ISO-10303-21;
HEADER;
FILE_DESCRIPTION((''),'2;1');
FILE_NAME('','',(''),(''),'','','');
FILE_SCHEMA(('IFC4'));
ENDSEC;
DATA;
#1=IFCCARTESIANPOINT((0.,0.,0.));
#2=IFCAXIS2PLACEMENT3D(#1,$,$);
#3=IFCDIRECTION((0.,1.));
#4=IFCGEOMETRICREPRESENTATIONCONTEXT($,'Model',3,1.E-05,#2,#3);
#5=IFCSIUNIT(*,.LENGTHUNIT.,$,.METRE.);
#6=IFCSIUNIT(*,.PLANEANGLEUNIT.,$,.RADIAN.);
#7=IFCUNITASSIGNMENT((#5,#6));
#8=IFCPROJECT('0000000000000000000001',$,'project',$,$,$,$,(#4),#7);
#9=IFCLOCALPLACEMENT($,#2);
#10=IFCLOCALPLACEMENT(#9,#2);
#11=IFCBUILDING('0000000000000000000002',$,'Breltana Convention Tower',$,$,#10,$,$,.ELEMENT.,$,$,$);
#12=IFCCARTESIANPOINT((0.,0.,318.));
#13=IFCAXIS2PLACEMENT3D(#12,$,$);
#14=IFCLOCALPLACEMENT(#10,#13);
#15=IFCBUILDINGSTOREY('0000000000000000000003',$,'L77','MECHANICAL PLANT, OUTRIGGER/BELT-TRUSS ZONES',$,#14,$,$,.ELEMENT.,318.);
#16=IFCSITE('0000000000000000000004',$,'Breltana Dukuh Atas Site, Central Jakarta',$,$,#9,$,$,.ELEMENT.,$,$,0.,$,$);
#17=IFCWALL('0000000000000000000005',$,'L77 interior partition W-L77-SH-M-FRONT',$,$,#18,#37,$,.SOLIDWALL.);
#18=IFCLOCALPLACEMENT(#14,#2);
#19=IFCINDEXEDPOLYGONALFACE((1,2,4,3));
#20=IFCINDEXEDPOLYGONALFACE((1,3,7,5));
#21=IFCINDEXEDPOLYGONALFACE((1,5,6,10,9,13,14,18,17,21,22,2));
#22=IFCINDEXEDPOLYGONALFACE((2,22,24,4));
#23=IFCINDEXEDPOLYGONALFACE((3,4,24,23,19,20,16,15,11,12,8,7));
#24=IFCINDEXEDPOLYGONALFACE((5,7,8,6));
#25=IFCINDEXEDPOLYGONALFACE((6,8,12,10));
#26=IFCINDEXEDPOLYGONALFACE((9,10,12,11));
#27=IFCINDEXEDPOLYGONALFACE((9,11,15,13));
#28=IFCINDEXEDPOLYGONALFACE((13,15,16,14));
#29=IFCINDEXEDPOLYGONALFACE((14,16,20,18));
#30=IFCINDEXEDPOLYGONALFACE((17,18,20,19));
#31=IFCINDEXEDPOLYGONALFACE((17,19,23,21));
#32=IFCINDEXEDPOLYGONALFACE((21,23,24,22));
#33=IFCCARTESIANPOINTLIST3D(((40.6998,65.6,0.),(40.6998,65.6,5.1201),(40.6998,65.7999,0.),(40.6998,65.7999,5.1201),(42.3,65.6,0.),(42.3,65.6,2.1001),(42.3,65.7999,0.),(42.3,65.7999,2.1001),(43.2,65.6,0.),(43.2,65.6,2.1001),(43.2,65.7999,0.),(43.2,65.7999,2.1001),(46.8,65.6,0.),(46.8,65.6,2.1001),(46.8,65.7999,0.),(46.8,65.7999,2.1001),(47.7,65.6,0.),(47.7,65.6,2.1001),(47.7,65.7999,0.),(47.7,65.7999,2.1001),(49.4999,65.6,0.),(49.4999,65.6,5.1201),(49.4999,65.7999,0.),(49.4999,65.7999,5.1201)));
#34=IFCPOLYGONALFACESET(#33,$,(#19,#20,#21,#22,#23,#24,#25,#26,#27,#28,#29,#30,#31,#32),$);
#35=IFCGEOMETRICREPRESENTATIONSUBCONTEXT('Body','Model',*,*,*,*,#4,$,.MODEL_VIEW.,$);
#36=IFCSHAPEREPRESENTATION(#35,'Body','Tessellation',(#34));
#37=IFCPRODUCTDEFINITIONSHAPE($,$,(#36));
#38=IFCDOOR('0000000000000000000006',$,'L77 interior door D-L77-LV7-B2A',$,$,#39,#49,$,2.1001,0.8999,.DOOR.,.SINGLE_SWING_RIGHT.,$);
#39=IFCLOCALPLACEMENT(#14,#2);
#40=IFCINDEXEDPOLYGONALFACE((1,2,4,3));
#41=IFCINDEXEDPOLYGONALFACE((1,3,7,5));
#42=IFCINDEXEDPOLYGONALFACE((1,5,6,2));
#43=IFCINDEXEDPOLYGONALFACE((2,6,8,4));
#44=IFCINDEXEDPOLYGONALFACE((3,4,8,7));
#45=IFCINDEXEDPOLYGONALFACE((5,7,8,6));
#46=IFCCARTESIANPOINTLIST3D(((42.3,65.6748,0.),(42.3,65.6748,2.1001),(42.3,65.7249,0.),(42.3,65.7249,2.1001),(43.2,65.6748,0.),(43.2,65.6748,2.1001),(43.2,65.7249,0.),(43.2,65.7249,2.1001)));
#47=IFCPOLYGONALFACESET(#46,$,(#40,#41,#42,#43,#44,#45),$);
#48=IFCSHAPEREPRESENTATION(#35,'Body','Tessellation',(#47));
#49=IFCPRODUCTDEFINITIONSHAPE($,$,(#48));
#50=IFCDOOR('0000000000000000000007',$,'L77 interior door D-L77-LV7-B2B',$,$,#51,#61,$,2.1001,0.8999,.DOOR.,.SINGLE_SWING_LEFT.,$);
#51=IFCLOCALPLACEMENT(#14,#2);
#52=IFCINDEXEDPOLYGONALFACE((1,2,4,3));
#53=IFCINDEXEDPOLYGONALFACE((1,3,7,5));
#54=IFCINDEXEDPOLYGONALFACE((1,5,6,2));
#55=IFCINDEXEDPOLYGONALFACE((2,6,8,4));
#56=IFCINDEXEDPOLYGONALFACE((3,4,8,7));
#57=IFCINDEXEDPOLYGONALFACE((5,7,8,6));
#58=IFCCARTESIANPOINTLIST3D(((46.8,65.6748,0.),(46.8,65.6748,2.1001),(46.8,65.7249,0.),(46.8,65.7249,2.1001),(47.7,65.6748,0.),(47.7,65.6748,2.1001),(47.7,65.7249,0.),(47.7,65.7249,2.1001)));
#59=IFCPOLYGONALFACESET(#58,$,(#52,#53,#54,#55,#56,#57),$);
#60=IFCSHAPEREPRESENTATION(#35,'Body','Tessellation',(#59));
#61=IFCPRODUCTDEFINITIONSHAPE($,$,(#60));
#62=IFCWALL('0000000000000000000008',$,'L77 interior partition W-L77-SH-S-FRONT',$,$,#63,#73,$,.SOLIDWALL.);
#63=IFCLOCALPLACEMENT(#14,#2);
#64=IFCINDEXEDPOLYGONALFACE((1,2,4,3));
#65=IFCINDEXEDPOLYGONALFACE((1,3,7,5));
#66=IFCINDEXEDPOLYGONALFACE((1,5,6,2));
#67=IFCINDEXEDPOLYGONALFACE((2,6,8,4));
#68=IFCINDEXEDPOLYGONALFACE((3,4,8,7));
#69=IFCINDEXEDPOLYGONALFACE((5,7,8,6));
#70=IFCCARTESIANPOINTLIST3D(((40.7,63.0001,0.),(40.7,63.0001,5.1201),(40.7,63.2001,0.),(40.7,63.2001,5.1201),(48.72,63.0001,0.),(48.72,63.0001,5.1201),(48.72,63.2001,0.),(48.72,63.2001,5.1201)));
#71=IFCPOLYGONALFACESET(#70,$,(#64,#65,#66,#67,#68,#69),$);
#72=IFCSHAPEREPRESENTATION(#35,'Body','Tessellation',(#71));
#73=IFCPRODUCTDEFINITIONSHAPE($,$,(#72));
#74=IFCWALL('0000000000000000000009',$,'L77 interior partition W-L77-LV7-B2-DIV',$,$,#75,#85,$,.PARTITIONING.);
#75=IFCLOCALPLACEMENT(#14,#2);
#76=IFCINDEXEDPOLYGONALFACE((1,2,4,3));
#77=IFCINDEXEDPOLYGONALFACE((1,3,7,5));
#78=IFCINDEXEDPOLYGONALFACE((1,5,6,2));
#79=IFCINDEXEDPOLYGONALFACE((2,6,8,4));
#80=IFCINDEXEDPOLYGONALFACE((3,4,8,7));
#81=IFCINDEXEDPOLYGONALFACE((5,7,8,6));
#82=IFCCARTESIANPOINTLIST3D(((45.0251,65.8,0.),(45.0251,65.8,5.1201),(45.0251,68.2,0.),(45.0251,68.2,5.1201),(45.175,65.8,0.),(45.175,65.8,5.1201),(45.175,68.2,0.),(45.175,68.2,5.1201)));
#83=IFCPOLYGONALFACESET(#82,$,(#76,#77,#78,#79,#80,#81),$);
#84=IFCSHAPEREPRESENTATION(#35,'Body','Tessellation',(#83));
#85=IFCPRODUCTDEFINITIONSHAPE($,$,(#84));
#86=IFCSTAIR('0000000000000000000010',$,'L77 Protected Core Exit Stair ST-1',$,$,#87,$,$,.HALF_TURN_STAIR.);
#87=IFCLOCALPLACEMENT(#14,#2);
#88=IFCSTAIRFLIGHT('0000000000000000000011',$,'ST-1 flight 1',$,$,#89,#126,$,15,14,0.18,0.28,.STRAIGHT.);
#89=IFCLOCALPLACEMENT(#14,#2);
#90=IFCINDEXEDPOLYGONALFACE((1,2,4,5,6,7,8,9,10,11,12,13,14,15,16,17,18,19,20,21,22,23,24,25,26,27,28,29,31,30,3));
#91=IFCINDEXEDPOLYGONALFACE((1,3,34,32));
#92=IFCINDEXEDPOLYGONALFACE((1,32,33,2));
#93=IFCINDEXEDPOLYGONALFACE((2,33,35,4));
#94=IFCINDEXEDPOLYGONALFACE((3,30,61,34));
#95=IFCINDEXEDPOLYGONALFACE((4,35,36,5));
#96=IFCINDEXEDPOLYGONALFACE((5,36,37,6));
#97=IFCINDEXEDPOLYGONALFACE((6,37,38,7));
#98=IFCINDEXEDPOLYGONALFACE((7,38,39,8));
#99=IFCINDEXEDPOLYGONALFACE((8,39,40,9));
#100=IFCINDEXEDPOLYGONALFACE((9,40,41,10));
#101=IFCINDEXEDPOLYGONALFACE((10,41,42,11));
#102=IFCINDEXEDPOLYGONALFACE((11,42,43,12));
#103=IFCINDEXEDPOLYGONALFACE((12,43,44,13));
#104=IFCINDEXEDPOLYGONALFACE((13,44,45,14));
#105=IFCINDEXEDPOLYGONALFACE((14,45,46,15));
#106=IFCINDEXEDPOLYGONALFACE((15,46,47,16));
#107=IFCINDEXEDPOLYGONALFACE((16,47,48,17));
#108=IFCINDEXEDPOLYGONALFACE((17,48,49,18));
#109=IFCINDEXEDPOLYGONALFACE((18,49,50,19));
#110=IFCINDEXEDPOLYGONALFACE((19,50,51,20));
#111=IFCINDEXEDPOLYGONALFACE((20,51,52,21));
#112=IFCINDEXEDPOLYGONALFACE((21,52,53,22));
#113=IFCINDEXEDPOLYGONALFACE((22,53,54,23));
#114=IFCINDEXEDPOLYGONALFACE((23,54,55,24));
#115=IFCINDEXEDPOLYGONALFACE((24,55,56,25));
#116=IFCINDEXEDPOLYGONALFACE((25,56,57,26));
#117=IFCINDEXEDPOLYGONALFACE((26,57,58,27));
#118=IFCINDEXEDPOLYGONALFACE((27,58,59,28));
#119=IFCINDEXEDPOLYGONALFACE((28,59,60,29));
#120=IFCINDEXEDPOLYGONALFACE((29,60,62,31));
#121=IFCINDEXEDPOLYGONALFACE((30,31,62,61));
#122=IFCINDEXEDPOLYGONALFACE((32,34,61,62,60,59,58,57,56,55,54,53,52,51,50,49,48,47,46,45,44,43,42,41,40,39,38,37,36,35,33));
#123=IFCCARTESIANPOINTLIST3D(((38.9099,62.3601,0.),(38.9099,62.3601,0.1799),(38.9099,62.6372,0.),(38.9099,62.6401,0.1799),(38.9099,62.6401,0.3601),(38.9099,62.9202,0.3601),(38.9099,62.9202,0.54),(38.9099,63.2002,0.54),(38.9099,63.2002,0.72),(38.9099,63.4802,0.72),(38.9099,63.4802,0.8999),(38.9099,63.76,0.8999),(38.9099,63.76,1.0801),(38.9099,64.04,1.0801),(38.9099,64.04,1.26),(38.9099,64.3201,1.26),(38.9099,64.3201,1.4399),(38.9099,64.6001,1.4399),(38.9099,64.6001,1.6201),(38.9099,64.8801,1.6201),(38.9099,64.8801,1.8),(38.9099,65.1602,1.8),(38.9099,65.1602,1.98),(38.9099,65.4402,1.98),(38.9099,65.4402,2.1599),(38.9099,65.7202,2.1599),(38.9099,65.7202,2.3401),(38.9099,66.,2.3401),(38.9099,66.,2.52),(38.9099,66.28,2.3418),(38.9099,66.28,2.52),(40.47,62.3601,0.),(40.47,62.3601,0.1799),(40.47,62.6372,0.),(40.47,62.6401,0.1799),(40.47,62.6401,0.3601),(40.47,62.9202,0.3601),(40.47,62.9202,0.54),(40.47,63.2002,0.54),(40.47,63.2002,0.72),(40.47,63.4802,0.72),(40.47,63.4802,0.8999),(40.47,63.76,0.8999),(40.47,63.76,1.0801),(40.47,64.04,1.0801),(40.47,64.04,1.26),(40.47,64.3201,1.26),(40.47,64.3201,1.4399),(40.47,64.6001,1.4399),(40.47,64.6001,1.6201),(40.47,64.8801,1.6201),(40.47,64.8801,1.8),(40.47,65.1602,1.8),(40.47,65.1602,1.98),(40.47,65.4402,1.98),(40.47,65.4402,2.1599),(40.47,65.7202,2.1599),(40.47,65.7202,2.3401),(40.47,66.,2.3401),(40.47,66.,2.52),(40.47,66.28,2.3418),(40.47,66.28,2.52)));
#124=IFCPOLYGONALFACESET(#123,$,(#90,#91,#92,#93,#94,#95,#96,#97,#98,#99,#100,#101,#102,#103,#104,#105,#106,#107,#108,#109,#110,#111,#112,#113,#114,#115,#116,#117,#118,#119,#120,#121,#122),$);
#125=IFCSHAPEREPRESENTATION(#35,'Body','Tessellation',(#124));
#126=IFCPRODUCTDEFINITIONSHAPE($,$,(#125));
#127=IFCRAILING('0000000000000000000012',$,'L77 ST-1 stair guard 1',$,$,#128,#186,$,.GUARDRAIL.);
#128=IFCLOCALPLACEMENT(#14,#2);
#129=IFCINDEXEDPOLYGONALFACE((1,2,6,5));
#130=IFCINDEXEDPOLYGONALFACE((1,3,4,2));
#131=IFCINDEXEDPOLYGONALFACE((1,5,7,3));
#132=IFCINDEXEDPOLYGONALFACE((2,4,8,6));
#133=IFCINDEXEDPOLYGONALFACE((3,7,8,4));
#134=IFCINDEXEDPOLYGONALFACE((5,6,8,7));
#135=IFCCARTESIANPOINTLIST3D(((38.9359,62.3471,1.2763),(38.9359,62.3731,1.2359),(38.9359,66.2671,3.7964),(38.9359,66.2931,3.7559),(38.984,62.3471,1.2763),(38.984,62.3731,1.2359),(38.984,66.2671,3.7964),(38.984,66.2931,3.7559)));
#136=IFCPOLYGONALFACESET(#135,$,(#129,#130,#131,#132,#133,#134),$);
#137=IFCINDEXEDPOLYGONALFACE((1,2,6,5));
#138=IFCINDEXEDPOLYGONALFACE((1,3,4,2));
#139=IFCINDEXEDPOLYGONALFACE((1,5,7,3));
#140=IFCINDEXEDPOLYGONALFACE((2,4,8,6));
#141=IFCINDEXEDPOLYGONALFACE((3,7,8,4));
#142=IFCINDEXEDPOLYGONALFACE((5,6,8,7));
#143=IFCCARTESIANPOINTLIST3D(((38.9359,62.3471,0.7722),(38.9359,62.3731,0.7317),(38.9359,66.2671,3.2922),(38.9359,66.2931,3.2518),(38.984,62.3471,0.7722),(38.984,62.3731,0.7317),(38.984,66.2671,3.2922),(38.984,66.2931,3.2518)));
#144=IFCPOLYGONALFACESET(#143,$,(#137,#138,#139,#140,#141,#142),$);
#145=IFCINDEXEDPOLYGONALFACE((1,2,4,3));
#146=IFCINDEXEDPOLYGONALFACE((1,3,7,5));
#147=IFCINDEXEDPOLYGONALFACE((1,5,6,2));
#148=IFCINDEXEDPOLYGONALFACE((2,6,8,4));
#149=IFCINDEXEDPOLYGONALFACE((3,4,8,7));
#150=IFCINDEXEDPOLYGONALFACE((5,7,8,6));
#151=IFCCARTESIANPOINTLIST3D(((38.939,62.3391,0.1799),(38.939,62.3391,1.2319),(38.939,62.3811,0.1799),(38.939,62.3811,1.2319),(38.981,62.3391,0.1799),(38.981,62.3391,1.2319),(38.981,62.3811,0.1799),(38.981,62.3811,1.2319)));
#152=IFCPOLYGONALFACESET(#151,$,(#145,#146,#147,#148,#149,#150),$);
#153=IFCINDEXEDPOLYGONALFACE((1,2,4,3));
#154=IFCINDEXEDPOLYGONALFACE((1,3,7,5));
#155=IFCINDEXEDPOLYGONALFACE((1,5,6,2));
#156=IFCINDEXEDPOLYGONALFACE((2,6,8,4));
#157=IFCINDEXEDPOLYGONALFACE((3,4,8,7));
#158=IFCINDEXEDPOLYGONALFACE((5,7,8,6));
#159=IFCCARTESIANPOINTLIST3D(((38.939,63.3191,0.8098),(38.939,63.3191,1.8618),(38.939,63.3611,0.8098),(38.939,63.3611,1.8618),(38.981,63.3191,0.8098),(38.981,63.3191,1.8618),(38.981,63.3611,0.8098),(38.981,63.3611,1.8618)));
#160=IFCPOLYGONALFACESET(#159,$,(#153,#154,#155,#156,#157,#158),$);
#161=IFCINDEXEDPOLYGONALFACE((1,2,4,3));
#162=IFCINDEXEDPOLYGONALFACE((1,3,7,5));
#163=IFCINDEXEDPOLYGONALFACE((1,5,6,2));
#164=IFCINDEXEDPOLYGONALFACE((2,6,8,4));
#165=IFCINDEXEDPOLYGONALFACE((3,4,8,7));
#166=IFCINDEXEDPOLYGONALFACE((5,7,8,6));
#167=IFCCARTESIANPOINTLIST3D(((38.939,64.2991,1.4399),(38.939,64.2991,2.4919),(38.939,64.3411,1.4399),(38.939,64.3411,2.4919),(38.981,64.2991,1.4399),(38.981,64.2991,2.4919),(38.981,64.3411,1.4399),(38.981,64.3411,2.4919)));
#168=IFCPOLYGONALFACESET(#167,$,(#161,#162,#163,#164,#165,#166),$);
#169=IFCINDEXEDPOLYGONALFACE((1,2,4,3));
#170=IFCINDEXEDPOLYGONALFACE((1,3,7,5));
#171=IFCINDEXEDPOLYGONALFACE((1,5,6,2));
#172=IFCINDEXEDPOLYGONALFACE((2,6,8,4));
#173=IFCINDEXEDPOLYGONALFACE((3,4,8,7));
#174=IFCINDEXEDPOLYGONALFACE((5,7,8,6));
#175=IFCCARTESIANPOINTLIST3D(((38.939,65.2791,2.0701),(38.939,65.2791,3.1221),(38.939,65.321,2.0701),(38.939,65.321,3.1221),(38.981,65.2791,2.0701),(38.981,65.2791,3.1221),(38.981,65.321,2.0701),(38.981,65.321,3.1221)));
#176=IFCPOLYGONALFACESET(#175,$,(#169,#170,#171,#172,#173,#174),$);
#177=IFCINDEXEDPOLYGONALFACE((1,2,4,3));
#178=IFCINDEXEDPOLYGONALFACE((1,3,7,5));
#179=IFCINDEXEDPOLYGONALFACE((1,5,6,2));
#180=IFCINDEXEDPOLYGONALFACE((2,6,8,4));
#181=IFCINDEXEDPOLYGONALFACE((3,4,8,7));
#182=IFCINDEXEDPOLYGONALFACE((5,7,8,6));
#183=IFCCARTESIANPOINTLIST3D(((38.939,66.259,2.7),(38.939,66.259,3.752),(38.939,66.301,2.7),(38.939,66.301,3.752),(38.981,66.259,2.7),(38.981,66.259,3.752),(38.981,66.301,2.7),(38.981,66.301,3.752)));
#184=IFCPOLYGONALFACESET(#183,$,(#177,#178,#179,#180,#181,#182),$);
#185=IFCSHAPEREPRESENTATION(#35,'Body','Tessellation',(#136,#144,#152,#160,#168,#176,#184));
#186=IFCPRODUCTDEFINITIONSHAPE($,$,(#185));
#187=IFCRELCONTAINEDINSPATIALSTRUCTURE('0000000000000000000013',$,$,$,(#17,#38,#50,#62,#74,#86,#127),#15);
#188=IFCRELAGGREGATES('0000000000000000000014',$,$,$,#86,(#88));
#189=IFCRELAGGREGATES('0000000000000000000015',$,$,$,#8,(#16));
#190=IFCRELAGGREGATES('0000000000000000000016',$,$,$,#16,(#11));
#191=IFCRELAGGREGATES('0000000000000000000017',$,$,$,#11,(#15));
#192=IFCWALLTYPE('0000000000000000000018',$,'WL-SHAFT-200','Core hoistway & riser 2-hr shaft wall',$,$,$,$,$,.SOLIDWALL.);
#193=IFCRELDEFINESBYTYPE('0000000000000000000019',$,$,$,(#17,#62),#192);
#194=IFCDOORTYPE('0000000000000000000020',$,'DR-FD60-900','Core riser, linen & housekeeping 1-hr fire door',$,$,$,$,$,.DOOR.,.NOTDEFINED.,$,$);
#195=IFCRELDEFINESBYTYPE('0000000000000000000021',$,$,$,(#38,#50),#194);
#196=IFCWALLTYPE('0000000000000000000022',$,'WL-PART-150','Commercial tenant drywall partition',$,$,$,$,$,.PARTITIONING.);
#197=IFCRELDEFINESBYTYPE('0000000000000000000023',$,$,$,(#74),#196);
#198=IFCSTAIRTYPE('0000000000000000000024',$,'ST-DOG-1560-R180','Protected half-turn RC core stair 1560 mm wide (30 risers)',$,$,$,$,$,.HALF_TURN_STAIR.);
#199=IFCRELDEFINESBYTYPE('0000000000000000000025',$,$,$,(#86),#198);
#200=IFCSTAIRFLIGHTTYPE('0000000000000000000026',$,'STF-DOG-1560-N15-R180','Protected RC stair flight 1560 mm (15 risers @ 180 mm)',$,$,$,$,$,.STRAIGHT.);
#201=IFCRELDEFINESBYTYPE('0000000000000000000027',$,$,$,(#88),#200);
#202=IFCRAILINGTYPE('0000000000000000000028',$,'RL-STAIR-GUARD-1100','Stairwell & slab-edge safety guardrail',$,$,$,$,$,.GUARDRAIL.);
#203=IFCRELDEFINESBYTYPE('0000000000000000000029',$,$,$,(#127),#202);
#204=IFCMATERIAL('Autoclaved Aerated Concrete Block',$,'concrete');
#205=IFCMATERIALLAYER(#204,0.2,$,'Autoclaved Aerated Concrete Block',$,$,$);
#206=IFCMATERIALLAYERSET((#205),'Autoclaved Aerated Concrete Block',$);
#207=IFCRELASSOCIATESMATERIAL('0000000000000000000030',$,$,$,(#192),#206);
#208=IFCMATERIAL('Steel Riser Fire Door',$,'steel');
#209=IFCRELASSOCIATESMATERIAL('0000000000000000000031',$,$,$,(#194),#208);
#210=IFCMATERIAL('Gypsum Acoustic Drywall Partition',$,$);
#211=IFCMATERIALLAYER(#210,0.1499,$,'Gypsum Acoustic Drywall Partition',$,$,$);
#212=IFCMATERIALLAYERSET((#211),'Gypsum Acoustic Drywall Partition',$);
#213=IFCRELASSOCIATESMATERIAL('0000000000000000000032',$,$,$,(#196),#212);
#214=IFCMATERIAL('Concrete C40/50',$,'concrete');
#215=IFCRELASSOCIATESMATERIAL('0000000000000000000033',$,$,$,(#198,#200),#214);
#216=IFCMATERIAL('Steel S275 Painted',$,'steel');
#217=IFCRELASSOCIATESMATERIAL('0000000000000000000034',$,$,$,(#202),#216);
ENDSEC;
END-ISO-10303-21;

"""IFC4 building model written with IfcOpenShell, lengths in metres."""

from ifc_helpers import new_model, si_unit, direction, frame, frame_2d, origin, origin_2d, place, context, subcontext, project, spatial, polyline, rectangle, outline, extrude, source, transform, mapped, material, layer, layer_set, type_object, type_shapes, element, fill, aggregate, save


model = new_model("IFC4")

# Units and contexts
model_context = context("Model", 3, precision=1e-05, world=origin(), true_north=direction((0.0, 1.0)))
body_context = subcontext(model_context, "Body", "Model", "MODEL_VIEW")
ifc_project = project(units=[si_unit("LENGTHUNIT", "METRE"), si_unit("PLANEANGLEUNIT", "RADIAN")], contexts=[model_context])

# Site, building, storey
site_placement = place(None, origin())
site = spatial("IfcSite", under=ifc_project, at=site_placement, Name="Breltana Dukuh Atas Site, Central Jakarta", CompositionType="ELEMENT", RefElevation=0.0)
building_placement = place(site_placement, origin())
building = spatial("IfcBuilding", under=site, at=building_placement, Name="Breltana Convention Tower", CompositionType="ELEMENT")
storey_placement = place(building_placement, frame((0.0, 0.0, 318.0)))
storey = spatial("IfcBuildingStorey", under=building, at=storey_placement, Name="L77", Description="MECHANICAL PLANT, OUTRIGGER/BELT-TRUSS ZONES", CompositionType="ELEMENT", Elevation=318.0)

# Shared definitions
ifc_material_1 = material(Name="Autoclaved Aerated Concrete Block", Category="concrete")
ifc_layer_1 = layer(ifc_material_1, 0.2, Name="Autoclaved Aerated Concrete Block")
ifc_layer_set_1 = layer_set([ifc_layer_1], Name="Autoclaved Aerated Concrete Block")
wall_type_1 = type_object("IfcWallType", Name="WL-SHAFT-200", Description="Core hoistway & riser 2-hr shaft wall", PredefinedType="SOLIDWALL", material=ifc_layer_set_1)
shared_shape_1 = source(origin(), body_context, "Body", "SweptSolid", [
    extrude(rectangle(XDim=8.8, YDim=0.2, at=frame_2d((4.3999, 0.0))), origin(), (0.0, 0.0, 1.0), 5.1201),
])

# Wall, openings, doors
wall_1_placement = place(storey_placement, frame((40.7, 65.7, 0.0), z_axis=(0.0, 0.0, 1.0), x_axis=(1.0, 0.0, 0.0)))
wall_1 = element("IfcWall", 1, at=wall_1_placement, inside=storey, type_object=wall_type_1, Name="L77 interior partition W-L77-SH-M-FRONT", PredefinedType="SOLIDWALL", context=body_context, shape_type="MappedRepresentation", body=[
    mapped(shared_shape_1, transform((0.0, 0.0, 0.0), scale=1.0)),
])
opening_1_placement = place(wall_1_placement, frame((1.6001, 0.0, 0.0)))
opening_1 = element("IfcOpeningElement", 2, at=opening_1_placement, cuts=wall_1, PredefinedType="OPENING", context=body_context, shape_type="SweptSolid", body=[
    extrude(rectangle(XDim=0.8999, YDim=2.1001, at=frame_2d((0.45, 1.05))), frame((0.0, 0.1099, 0.0), z_axis=(0.0, -1.0, 0.0), x_axis=(1.0, 0.0, 0.0)), (0.0, 0.0, 1.0), 0.22),
])
opening_2_placement = place(wall_1_placement, frame((6.1001, 0.0, 0.0)))
opening_2 = element("IfcOpeningElement", 3, at=opening_2_placement, cuts=wall_1, PredefinedType="OPENING", context=body_context, shape_type="SweptSolid", body=[
    extrude(rectangle(XDim=0.8999, YDim=2.1001, at=frame_2d((0.45, 1.05))), frame((0.0, 0.1099, 0.0), z_axis=(0.0, -1.0, 0.0), x_axis=(1.0, 0.0, 0.0)), (0.0, 0.0, 1.0), 0.22),
])
ifc_material_2 = material(Name="Steel Riser Fire Door", Category="steel")
door_type = type_object("IfcDoorType", Name="DR-FD60-900", Description="Core riser, linen & housekeeping 1-hr fire door", OperationType="NOTDEFINED", PredefinedType="DOOR", material=ifc_material_2)
shared_shape_2 = source(origin(), body_context, "Body", "SweptSolid", [
    extrude(rectangle(XDim=0.8999, YDim=2.1001, at=frame_2d((0.45, 1.05))), frame((0.0, 0.0249, 0.0), z_axis=(0.0, -1.0, 0.0), x_axis=(1.0, 0.0, 0.0)), (0.0, 0.0, 1.0), 0.05),
])
type_shapes(door_type, [shared_shape_2])
door_1_placement = place(opening_1_placement, origin())
door_1 = element("IfcDoor", 4, at=door_1_placement, inside=storey, type_object=door_type, Name="L77 interior door D-L77-LV7-B2A", OperationType="SINGLE_SWING_RIGHT", OverallHeight=2.1001, OverallWidth=0.8999, PredefinedType="DOOR", context=body_context, shape_type="MappedRepresentation", body=[
    mapped(shared_shape_2, transform((0.0, 0.0, 0.0), scale=1.0)),
])
fill(opening_1, door_1)
door_2_placement = place(opening_2_placement, origin())
door_2 = element("IfcDoor", 5, at=door_2_placement, inside=storey, type_object=door_type, Name="L77 interior door D-L77-LV7-B2B", OperationType="SINGLE_SWING_LEFT", OverallHeight=2.1001, OverallWidth=0.8999, PredefinedType="DOOR", context=body_context, shape_type="MappedRepresentation", body=[
    mapped(shared_shape_2, transform((0.0, 0.0, 0.0), scale=1.0)),
])
fill(opening_2, door_2)

# Walls
shared_shape_3 = source(origin(), body_context, "Body", "SweptSolid", [
    extrude(rectangle(XDim=8.02, YDim=0.2, at=frame_2d((4.01, 0.0))), origin(), (0.0, 0.0, 1.0), 5.1201),
])
wall_2_placement = place(storey_placement, frame((40.7, 63.1001, 0.0), z_axis=(0.0, 0.0, 1.0), x_axis=(1.0, 0.0, 0.0)))
element("IfcWall", 6, at=wall_2_placement, inside=storey, type_object=wall_type_1, Name="L77 interior partition W-L77-SH-S-FRONT", PredefinedType="SOLIDWALL", context=body_context, shape_type="MappedRepresentation", body=[
    mapped(shared_shape_3, transform((0.0, 0.0, 0.0), scale=1.0)),
])
ifc_material_3 = material(Name="Gypsum Acoustic Drywall Partition")
ifc_layer_2 = layer(ifc_material_3, 0.1499, Name="Gypsum Acoustic Drywall Partition")
ifc_layer_set_2 = layer_set([ifc_layer_2], Name="Gypsum Acoustic Drywall Partition")
wall_type_2 = type_object("IfcWallType", Name="WL-PART-150", Description="Commercial tenant drywall partition", PredefinedType="PARTITIONING", material=ifc_layer_set_2)
shared_shape_4 = source(origin(), body_context, "Body", "SweptSolid", [
    extrude(rectangle(XDim=2.3999, YDim=0.1499, at=frame_2d((1.2, 0.0))), origin(), (0.0, 0.0, 1.0), 5.1201),
])
wall_3_placement = place(storey_placement, frame((45.1001, 65.8, 0.0), z_axis=(0.0, 0.0, 1.0), x_axis=(0.0, 1.0, 0.0)))
element("IfcWall", 7, at=wall_3_placement, inside=storey, type_object=wall_type_2, Name="L77 interior partition W-L77-LV7-B2-DIV", PredefinedType="PARTITIONING", context=body_context, shape_type="MappedRepresentation", body=[
    mapped(shared_shape_4, transform((0.0, 0.0, 0.0), scale=1.0)),
])

# Stair, stair flight
ifc_material_4 = material(Name="Concrete C40/50", Category="concrete")
stair_type = type_object("IfcStairType", Name="ST-DOG-1560-R180", Description="Protected half-turn RC core stair 1560 mm wide (30 risers)", PredefinedType="HALF_TURN_STAIR", material=ifc_material_4)
stair_placement = place(storey_placement, origin())
stair = element("IfcStair", 8, at=stair_placement, inside=storey, type_object=stair_type, Name="L77 Protected Core Exit Stair ST-1", PredefinedType="HALF_TURN_STAIR")
stair_flight_type = type_object("IfcStairFlightType", Name="STF-DOG-1560-N15-R180", Description="Protected RC stair flight 1560 mm (15 risers @ 180 mm)", PredefinedType="STRAIGHT", material=ifc_material_4)
stair_flight_placement = place(storey_placement, frame((39.6899, 62.3601, 0.0), z_axis=(0.0, 0.0, 1.0), x_axis=(0.0, 1.0, 0.0)))
stair_flight = element("IfcStairFlight", 9, at=stair_flight_placement, type_object=stair_flight_type, Name="ST-1 flight 1", NumberOfRisers=15, NumberOfTreads=14, PredefinedType="STRAIGHT", RiserHeight=0.18, TreadLength=0.28, context=body_context, shape_type="SweptSolid", body=[
    extrude(outline(polyline([(0.0, 0.0), (0.0, 0.1799), (0.28, 0.1799), (0.28, 0.3601), (0.5601, 0.3601), (0.5601, 0.54), (0.8401, 0.54), (0.8401, 0.72), (1.1201, 0.72), (1.1201, 0.8999), (1.3999, 0.8999), (1.3999, 1.0801), (1.6799, 1.0801), (1.6799, 1.26), (1.96, 1.26), (1.96, 1.4399), (2.24, 1.4399), (2.24, 1.6201), (2.52, 1.6201), (2.52, 1.8), (2.8, 1.8), (2.8, 1.98), (3.0801, 1.98), (3.0801, 2.1599), (3.3601, 2.1599), (3.3601, 2.3401), (3.6399, 2.3401), (3.6399, 2.52), (3.9199, 2.52), (3.9199, 2.7), (3.9199, 2.3418), (0.2771, 0.0), (0.0, 0.0)])), frame((0.0, 0.78, 0.0), z_axis=(0.0, -1.0, 0.0), x_axis=(1.0, 0.0, 0.0)), (0.0, 0.0, 1.0), 1.5601),
])
aggregate(stair, [stair_flight])

# Railing
ifc_material_5 = material(Name="Steel S275 Painted", Category="steel")
railing_type_1 = type_object("IfcRailingType", Name="RL-STAIR-GUARD-1100", Description="Stairwell & slab-edge safety guardrail", PredefinedType="GUARDRAIL", material=ifc_material_5)
railing_1_placement = place(storey_placement, frame((38.96, 62.3601, 0.1799)))
element("IfcRailing", 10, at=railing_1_placement, inside=storey, type_object=railing_type_1, Name="L77 ST-1 stair guard 1", PredefinedType="GUARDRAIL", context=body_context, shape_type="SweptSolid", body=[
    extrude(rectangle(XDim=0.0481, YDim=0.0481, at=origin_2d()), frame((0.0, 0.0, 1.0762), z_axis=(0.0, 0.841172, 0.540768), x_axis=(-1.0, 0.0, 0.0)), (0.0, 0.0, 1.0), 4.6602),
    extrude(rectangle(XDim=0.0481, YDim=0.0481, at=origin_2d()), frame((0.0, 0.0, 0.572), z_axis=(0.0, 0.841172, 0.540768), x_axis=(-1.0, 0.0, 0.0)), (0.0, 0.0, 1.0), 4.6602),
    extrude(rectangle(XDim=0.042, YDim=0.042, at=origin_2d()), origin(), (0.0, 0.0, 1.0), 1.052),
    extrude(rectangle(XDim=0.042, YDim=0.042, at=origin_2d()), frame((0.0, 0.98, 0.6299)), (0.0, 0.0, 1.0), 1.052),
    extrude(rectangle(XDim=0.042, YDim=0.042, at=origin_2d()), frame((0.0, 1.96, 1.26)), (0.0, 0.0, 1.0), 1.052),
    extrude(rectangle(XDim=0.042, YDim=0.042, at=origin_2d()), frame((0.0, 2.9399, 1.8901)), (0.0, 0.0, 1.0), 1.052),
    extrude(rectangle(XDim=0.042, YDim=0.042, at=origin_2d()), frame((0.0, 3.9199, 2.52)), (0.0, 0.0, 1.0), 1.052),
])

save(model, "model.ifc")
